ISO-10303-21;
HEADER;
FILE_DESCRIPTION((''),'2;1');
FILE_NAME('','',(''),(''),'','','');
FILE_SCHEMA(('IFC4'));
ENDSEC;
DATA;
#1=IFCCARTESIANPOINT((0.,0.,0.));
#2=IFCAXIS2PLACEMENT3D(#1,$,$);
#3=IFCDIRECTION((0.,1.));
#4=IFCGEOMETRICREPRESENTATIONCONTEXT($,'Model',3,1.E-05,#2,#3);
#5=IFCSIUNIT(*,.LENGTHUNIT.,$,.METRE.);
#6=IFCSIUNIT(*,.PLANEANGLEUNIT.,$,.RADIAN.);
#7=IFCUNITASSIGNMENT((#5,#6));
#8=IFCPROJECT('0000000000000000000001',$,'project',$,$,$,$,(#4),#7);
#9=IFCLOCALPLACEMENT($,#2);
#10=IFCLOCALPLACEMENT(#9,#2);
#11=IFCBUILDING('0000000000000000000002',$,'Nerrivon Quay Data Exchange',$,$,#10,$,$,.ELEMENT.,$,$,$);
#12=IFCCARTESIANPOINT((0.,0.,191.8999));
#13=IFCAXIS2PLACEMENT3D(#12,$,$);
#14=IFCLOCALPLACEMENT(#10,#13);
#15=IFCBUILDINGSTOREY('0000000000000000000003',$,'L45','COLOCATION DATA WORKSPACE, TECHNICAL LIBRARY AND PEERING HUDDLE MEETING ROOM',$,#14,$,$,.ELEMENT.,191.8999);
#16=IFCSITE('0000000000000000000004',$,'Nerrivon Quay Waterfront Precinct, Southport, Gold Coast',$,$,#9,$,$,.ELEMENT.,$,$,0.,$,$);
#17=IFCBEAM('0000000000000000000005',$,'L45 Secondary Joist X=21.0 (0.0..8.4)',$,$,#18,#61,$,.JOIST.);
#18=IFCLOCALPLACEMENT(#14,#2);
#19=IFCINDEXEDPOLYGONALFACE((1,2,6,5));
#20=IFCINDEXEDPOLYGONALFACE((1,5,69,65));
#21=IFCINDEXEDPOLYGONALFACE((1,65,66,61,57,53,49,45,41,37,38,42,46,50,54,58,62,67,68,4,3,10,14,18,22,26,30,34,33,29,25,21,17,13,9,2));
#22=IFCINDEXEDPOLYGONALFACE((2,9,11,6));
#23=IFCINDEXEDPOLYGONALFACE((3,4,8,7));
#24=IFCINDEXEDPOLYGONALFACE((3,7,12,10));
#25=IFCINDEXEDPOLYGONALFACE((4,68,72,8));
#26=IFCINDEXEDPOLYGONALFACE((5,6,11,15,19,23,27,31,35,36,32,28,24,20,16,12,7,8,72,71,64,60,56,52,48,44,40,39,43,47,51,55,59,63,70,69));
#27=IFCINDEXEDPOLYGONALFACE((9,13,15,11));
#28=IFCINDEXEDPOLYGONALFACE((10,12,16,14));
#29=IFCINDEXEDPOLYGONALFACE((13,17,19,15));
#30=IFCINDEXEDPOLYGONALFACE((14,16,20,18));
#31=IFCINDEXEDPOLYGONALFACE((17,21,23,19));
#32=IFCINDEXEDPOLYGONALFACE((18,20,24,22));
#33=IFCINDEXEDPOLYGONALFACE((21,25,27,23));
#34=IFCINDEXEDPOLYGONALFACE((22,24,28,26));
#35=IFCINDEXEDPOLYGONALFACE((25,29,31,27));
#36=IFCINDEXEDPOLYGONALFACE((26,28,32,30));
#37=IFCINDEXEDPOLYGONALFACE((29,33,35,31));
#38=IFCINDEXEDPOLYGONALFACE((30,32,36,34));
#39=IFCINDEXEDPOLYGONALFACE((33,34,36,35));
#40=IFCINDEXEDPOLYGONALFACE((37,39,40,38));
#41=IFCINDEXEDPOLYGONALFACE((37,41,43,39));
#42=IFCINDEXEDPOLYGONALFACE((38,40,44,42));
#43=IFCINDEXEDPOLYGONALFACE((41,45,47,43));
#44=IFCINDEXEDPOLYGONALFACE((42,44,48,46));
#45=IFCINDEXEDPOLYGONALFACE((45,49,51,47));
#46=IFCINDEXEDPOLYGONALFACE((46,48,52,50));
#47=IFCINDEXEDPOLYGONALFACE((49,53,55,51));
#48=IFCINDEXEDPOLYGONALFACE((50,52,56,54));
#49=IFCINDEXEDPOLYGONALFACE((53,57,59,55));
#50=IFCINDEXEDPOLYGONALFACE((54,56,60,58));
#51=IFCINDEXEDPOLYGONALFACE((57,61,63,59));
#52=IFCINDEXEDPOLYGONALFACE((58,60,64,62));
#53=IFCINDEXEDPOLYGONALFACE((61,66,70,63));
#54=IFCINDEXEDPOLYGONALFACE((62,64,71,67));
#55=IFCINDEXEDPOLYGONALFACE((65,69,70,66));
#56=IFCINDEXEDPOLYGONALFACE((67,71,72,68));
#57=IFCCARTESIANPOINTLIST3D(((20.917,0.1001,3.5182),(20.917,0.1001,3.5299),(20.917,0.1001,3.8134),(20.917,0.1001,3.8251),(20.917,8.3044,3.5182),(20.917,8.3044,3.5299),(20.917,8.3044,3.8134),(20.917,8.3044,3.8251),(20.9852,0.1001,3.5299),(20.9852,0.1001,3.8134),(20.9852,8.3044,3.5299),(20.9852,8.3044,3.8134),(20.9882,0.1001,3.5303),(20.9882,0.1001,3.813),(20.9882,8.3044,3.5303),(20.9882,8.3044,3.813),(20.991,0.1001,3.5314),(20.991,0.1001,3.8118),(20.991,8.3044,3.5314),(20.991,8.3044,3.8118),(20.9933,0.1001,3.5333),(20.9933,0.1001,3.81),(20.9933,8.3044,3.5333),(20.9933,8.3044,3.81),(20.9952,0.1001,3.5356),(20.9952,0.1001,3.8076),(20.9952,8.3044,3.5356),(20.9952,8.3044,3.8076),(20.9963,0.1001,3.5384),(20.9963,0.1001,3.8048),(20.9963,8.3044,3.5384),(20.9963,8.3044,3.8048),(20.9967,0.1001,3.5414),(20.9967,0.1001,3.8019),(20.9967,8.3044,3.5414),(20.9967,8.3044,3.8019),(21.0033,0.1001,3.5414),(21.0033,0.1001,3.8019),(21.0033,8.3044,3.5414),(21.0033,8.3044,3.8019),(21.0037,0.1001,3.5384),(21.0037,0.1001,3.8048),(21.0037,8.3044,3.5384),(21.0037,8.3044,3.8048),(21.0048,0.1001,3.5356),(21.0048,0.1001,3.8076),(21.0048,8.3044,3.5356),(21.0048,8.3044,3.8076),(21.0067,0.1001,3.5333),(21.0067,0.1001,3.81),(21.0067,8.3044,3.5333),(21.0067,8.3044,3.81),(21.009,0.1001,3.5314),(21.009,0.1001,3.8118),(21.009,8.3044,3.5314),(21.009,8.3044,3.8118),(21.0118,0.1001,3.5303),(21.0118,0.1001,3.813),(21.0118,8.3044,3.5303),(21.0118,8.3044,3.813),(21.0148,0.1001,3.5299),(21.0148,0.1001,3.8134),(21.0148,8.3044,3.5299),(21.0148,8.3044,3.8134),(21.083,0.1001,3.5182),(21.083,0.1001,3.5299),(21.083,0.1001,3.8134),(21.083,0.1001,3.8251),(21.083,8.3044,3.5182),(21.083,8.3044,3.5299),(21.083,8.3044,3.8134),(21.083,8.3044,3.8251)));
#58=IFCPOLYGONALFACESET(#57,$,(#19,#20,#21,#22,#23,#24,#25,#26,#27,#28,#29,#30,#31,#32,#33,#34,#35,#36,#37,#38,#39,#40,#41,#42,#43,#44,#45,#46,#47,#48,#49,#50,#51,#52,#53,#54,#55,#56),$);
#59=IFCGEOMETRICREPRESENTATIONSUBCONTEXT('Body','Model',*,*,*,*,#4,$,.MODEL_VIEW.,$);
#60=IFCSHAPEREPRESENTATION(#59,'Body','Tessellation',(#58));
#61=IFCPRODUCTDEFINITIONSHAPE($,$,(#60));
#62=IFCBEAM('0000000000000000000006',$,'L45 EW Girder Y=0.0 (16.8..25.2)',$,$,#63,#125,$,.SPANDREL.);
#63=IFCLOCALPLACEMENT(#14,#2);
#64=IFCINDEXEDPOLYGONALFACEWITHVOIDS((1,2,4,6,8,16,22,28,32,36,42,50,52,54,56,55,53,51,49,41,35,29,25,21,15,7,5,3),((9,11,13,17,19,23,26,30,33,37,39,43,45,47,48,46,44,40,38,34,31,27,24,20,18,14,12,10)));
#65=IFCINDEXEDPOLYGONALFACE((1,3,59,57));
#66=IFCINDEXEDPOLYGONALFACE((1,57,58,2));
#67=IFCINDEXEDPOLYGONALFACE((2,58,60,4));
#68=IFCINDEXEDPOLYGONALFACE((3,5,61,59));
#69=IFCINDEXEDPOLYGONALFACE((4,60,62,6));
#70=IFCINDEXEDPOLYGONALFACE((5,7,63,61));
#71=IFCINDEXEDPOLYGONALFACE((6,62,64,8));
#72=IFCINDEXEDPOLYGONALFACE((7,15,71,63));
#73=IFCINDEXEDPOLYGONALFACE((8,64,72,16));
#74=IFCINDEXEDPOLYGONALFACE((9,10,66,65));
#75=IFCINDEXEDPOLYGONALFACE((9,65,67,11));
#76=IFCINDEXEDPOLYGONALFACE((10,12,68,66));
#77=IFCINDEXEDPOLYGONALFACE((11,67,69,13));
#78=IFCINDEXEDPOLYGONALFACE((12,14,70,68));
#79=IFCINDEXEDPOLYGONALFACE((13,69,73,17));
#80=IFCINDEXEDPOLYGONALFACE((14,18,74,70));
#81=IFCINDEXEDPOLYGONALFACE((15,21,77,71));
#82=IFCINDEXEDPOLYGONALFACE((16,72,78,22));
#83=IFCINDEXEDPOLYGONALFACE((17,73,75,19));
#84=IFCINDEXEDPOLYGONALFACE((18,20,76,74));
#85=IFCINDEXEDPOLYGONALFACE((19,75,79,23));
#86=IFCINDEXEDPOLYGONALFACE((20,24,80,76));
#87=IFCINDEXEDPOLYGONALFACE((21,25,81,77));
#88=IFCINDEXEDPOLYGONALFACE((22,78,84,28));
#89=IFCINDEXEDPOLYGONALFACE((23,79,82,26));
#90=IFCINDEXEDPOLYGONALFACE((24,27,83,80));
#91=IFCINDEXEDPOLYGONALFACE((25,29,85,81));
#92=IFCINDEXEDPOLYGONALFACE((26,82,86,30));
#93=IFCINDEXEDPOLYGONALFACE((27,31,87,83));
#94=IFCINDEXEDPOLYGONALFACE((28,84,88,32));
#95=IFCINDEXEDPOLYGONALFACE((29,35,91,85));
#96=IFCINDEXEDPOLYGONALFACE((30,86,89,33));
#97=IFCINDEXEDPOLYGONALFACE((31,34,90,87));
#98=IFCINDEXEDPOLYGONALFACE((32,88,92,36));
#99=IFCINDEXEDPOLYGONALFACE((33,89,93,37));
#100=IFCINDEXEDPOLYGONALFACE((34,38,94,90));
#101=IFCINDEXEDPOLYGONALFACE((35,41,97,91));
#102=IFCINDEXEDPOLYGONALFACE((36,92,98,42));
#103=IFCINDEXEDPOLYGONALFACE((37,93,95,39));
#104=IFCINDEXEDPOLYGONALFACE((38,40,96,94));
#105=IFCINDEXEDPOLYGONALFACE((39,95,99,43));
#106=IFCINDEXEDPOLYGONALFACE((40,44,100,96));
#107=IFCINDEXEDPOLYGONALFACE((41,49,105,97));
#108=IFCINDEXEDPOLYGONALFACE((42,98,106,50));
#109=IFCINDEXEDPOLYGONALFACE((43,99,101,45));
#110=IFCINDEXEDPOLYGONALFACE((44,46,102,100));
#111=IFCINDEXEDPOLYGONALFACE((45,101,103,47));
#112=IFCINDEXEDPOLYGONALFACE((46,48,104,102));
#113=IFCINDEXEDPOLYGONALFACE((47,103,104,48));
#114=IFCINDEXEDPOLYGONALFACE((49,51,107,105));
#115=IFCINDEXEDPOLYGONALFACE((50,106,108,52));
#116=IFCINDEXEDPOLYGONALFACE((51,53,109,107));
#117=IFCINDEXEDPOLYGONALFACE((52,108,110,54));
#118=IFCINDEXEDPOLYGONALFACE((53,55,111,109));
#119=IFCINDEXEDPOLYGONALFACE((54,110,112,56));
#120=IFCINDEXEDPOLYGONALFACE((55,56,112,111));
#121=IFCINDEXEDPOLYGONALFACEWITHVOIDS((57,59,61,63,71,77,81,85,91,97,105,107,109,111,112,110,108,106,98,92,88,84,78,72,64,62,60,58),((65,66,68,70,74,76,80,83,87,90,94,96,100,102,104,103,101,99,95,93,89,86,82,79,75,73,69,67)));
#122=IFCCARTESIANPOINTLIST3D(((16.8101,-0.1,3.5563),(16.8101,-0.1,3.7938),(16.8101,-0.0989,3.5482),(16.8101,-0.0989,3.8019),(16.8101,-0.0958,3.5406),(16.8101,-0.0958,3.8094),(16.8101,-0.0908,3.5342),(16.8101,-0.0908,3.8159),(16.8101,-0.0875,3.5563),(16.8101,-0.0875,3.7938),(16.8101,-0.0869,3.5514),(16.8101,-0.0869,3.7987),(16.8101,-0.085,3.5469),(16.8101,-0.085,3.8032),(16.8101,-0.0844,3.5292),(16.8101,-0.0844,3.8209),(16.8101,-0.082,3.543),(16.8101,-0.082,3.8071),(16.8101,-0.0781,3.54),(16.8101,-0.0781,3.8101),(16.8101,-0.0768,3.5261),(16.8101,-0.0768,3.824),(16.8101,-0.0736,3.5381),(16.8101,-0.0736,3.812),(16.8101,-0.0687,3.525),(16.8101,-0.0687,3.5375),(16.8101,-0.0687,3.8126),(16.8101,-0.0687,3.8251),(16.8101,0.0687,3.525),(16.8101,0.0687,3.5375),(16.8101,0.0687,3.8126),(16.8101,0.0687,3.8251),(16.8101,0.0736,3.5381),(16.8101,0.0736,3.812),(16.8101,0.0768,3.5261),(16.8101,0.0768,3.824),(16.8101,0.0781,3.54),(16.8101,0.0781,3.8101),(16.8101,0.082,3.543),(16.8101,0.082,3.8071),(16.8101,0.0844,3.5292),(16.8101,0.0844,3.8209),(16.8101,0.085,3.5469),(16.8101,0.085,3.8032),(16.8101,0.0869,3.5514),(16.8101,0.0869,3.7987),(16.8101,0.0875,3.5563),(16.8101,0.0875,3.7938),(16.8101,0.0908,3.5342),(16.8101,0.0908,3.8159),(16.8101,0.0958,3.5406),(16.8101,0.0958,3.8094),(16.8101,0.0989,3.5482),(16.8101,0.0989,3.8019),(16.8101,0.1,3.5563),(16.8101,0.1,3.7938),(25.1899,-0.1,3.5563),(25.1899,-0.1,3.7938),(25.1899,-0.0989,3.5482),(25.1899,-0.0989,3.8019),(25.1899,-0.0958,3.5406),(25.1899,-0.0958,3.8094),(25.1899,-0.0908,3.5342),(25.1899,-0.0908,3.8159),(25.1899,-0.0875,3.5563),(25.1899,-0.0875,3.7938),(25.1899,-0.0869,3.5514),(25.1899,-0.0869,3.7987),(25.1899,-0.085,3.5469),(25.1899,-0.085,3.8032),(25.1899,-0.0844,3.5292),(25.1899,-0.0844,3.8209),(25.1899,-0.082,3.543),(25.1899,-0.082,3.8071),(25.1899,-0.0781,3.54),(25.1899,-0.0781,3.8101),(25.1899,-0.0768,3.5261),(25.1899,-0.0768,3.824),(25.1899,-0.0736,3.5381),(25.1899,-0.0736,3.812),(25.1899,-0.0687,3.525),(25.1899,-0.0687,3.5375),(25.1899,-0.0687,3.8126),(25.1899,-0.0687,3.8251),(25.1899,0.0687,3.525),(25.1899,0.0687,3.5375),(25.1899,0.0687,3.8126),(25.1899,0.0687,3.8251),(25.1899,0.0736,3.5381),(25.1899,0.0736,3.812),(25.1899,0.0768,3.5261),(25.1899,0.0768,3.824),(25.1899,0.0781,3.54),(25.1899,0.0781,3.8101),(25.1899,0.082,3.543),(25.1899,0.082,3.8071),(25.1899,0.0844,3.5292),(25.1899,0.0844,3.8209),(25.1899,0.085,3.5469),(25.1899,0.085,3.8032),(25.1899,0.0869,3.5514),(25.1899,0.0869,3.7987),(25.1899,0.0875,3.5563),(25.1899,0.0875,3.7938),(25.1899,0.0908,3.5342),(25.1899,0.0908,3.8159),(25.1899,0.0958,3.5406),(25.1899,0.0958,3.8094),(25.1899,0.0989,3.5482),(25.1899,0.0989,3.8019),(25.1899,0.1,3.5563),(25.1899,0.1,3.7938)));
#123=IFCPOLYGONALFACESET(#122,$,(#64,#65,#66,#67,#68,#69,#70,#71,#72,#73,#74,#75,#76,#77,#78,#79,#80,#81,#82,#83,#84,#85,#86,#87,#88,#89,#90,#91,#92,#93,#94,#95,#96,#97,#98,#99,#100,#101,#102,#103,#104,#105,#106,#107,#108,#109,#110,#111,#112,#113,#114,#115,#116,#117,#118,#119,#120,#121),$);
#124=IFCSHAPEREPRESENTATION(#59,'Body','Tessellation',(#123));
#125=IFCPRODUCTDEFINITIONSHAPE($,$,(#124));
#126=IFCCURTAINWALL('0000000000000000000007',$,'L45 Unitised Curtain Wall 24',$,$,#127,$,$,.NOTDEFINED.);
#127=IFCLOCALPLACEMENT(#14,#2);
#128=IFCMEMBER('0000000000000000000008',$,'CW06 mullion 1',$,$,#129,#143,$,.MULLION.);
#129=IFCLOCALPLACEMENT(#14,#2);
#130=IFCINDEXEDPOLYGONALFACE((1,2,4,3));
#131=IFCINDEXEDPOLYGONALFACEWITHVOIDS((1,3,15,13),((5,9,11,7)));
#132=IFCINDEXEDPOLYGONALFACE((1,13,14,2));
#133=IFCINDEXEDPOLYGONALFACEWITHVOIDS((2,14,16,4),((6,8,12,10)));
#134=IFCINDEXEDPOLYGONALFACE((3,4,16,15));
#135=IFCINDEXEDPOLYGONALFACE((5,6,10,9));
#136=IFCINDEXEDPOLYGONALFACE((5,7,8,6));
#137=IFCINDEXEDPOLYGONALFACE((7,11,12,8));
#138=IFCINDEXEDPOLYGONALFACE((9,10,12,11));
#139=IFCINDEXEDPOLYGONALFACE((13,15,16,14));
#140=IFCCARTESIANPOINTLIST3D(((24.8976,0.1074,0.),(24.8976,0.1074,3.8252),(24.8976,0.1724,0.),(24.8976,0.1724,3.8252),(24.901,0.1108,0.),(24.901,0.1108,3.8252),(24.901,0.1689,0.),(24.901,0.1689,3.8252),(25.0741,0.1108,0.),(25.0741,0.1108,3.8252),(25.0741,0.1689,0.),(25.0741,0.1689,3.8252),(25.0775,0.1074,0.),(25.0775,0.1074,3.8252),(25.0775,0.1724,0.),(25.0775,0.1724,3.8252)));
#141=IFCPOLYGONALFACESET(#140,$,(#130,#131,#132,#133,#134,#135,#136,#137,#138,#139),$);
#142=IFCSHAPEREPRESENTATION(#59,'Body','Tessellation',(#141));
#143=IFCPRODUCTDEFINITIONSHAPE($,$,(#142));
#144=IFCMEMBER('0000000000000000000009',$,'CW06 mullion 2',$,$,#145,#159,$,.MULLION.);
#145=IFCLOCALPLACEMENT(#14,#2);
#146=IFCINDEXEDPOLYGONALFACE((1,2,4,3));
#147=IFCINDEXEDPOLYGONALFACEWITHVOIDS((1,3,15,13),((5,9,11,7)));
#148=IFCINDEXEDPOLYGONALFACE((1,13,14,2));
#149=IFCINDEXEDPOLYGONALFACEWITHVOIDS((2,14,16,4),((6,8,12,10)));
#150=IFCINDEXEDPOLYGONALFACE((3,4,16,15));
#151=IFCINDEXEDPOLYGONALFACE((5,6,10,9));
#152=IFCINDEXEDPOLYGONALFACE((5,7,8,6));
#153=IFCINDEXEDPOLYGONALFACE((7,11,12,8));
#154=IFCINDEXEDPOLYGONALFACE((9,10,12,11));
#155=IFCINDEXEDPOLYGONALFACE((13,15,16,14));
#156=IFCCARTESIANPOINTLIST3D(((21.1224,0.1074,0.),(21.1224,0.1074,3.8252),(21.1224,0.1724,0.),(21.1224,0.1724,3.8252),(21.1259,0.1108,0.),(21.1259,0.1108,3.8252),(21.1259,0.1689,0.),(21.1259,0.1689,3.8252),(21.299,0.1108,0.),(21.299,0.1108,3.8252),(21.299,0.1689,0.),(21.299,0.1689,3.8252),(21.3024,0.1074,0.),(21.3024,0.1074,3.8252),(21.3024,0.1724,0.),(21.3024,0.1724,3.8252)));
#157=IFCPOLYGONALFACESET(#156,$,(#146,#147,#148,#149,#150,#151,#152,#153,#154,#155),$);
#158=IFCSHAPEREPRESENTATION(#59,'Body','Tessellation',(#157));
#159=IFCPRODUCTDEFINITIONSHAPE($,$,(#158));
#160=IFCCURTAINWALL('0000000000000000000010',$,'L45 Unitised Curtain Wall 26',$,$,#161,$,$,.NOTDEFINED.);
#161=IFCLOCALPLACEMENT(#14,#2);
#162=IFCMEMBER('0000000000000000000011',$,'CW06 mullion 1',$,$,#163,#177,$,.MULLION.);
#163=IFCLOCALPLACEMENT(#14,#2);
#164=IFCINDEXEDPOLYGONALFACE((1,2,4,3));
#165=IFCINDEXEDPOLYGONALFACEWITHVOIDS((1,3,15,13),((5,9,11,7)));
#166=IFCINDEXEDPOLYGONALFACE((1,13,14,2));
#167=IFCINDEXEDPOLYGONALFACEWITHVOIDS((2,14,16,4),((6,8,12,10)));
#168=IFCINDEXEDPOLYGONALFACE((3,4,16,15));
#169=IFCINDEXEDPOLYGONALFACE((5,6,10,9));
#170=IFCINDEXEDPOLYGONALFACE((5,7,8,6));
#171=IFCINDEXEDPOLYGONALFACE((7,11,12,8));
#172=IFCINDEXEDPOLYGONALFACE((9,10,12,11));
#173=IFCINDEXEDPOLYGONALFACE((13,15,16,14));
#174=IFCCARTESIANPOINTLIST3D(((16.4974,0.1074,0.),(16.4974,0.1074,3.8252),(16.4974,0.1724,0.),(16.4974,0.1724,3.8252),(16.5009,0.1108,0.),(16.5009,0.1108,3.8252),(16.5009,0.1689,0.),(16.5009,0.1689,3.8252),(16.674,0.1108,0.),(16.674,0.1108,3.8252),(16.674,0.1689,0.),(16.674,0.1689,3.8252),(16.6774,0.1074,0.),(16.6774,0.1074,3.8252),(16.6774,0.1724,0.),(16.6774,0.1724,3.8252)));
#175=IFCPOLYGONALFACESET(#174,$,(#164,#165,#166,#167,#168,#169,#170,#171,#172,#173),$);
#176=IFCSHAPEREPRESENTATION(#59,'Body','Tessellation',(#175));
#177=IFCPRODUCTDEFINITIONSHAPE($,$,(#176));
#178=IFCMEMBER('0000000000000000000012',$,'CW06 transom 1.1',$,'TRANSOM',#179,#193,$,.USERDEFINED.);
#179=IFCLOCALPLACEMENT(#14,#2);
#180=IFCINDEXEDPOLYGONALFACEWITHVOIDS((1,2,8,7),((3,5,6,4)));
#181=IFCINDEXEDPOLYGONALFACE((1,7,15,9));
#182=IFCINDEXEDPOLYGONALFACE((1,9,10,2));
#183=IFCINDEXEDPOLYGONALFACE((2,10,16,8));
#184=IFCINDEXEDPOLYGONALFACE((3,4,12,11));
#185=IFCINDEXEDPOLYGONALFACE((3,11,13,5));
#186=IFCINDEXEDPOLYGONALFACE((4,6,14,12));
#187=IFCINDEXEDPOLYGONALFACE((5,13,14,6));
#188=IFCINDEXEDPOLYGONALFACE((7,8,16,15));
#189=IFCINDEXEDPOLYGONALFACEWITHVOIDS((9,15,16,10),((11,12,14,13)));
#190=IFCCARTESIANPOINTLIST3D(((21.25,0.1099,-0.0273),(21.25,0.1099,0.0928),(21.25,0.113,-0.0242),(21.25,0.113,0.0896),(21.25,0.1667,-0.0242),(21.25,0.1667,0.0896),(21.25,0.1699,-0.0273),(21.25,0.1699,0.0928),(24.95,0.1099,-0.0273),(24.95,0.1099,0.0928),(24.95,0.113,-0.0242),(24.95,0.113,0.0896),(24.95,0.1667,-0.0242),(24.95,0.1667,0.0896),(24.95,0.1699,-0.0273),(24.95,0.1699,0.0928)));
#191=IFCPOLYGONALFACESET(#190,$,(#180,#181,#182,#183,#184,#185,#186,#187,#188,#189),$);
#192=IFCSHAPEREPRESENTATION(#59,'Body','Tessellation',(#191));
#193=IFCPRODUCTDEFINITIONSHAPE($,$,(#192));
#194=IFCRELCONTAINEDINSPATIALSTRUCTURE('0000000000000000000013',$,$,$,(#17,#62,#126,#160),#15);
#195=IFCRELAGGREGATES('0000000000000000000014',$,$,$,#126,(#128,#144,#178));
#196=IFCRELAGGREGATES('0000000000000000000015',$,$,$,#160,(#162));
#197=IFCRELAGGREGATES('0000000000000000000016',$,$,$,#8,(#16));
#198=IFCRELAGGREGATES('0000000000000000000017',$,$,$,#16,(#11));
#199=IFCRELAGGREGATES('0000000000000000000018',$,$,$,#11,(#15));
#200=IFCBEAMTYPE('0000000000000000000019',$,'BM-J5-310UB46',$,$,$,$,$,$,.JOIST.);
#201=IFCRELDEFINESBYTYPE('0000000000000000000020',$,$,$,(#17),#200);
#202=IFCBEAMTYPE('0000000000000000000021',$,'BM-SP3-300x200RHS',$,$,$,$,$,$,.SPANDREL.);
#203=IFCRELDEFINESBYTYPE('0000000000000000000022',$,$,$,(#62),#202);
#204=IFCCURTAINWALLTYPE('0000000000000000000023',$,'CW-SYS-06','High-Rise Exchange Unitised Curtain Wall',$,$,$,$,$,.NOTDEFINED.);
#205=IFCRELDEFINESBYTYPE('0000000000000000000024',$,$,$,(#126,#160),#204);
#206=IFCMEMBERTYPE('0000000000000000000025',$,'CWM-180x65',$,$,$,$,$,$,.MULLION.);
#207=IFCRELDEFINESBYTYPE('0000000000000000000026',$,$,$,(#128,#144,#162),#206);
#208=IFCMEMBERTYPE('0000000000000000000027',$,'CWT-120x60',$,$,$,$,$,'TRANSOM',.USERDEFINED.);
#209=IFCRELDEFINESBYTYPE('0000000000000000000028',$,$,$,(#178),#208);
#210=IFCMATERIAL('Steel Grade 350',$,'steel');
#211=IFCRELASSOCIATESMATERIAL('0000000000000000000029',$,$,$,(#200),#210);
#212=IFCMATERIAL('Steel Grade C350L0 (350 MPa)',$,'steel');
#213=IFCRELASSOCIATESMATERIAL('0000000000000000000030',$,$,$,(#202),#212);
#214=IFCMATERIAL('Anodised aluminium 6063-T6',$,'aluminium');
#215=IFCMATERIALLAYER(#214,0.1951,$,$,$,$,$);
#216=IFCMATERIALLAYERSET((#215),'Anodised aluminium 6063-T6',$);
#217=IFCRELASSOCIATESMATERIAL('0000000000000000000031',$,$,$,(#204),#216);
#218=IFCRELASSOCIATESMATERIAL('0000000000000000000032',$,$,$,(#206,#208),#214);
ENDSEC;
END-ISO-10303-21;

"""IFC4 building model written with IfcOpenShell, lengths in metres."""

from ifc_helpers import new_model, si_unit, direction, frame, origin, origin_2d, place, context, subcontext, project, spatial, hollow_rectangle, i_section, extrude, material, layer, layer_set, material_profile, profile_set, type_object, element, aggregate, save


model = new_model("IFC4")

# Units and contexts
model_context = context("Model", 3, precision=1e-05, world=origin(), true_north=direction((0.0, 1.0)))
body_context = subcontext(model_context, "Body", "Model", "MODEL_VIEW")
ifc_project = project(units=[si_unit("LENGTHUNIT", "METRE"), si_unit("PLANEANGLEUNIT", "RADIAN")], contexts=[model_context])

# Site, building, storey
site_placement = place(None, origin())
site = spatial("IfcSite", under=ifc_project, at=site_placement, Name="Nerrivon Quay Waterfront Precinct, Southport, Gold Coast", CompositionType="ELEMENT", RefElevation=0.0)
building_placement = place(site_placement, origin())
building = spatial("IfcBuilding", under=site, at=building_placement, Name="Nerrivon Quay Data Exchange", CompositionType="ELEMENT")
storey_placement = place(building_placement, frame((0.0, 0.0, 191.8999)))
storey = spatial("IfcBuildingStorey", under=building, at=storey_placement, Name="L45", Description="COLOCATION DATA WORKSPACE, TECHNICAL LIBRARY AND PEERING HUDDLE MEETING ROOM", CompositionType="ELEMENT", Elevation=191.8999)

# Shared definitions
ifc_material_1 = material(Name="Steel Grade 350", Category="steel")

# Beams
ifc_material_profile_1 = material_profile(ifc_material_1, i_section(OverallWidth=0.166, OverallDepth=0.3069, WebThickness=0.0066, FlangeThickness=0.0117, FilletRadius=0.0115, at=origin_2d()), Name="310UB46.2")
ifc_profile_set_1 = profile_set([ifc_material_profile_1], Name="Steel Grade 350")
beam_type_1 = type_object("IfcBeamType", Name="BM-J5-310UB46", PredefinedType="JOIST", material=ifc_profile_set_1)
beam_1_placement = place(storey_placement, frame((21.0, 0.1001, 3.6716), z_axis=(0.0, 1.0, 0.0), x_axis=(-1.0, 0.0, 0.0)))
element("IfcBeam", 1, at=beam_1_placement, inside=storey, type_object=beam_type_1, Name="L45 Secondary Joist X=21.0 (0.0..8.4)", PredefinedType="JOIST", context=body_context, shape_type="SweptSolid", body=[
    extrude(i_section(OverallWidth=0.166, OverallDepth=0.3069, WebThickness=0.0066, FlangeThickness=0.0117, FilletRadius=0.0115, at=origin_2d()), origin(), (0.0, 0.0, 1.0), 8.2043),
])
ifc_material_2 = material(Name="Steel Grade C350L0 (350 MPa)", Category="steel")
ifc_material_profile_2 = material_profile(ifc_material_2, hollow_rectangle(XDim=0.2, YDim=0.3, WallThickness=0.0125, InnerFilletRadius=0.0188, OuterFilletRadius=0.0312, at=origin_2d()), Name="300x200x12.5RHS")
ifc_profile_set_2 = profile_set([ifc_material_profile_2], Name="Steel Grade C350L0 (350 MPa)")
beam_type_2 = type_object("IfcBeamType", Name="BM-SP3-300x200RHS", PredefinedType="SPANDREL", material=ifc_profile_set_2)
beam_2_placement = place(storey_placement, frame((16.8101, 0.0, 3.675), z_axis=(1.0, 0.0, 0.0), x_axis=(0.0, 1.0, 0.0)))
element("IfcBeam", 2, at=beam_2_placement, inside=storey, type_object=beam_type_2, Name="L45 EW Girder Y=0.0 (16.8..25.2)", PredefinedType="SPANDREL", context=body_context, shape_type="SweptSolid", body=[
    extrude(hollow_rectangle(XDim=0.2, YDim=0.3, WallThickness=0.0125, InnerFilletRadius=0.0188, OuterFilletRadius=0.0312, at=origin_2d()), origin(), (0.0, 0.0, 1.0), 8.3799),
])

# Curtain wall, members
ifc_material_3 = material(Name="Anodised aluminium 6063-T6", Category="aluminium")
ifc_layer_1 = layer(ifc_material_3, 0.1951)
ifc_layer_set_1 = layer_set([ifc_layer_1], Name="Anodised aluminium 6063-T6")
curtain_wall_type = type_object("IfcCurtainWallType", Name="CW-SYS-06", Description="High-Rise Exchange Unitised Curtain Wall", PredefinedType="NOTDEFINED", material=ifc_layer_set_1)
curtain_wall_1_placement = place(storey_placement, origin())
curtain_wall_1 = element("IfcCurtainWall", 3, at=curtain_wall_1_placement, inside=storey, type_object=curtain_wall_type, Name="L45 Unitised Curtain Wall 24", PredefinedType="NOTDEFINED")
ifc_material_profile_3 = material_profile(ifc_material_3, hollow_rectangle(XDim=0.0649, YDim=0.1799, WallThickness=0.0034, at=origin_2d()), Name="ALU-MULL-180x65")
ifc_profile_set_3 = profile_set([ifc_material_profile_3], Name="Anodised aluminium 6063-T6")
member_type_1 = type_object("IfcMemberType", Name="CWM-180x65", PredefinedType="MULLION", material=ifc_profile_set_3)
member_1_placement = place(storey_placement, frame((24.9875, 0.1399, 0.0), z_axis=(0.0, 0.0, 1.0), x_axis=(0.0, -1.0, 0.0)))
member_1 = element("IfcMember", 4, at=member_1_placement, type_object=member_type_1, Name="CW06 mullion 1", PredefinedType="MULLION", context=body_context, shape_type="SweptSolid", body=[
    extrude(hollow_rectangle(XDim=0.0649, YDim=0.1799, WallThickness=0.0034, at=origin_2d()), origin(), (0.0, 0.0, 1.0), 3.8252),
])
member_2_placement = place(storey_placement, frame((21.2124, 0.1399, 0.0), z_axis=(0.0, 0.0, 1.0), x_axis=(0.0, -1.0, 0.0)))
member_2 = element("IfcMember", 5, at=member_2_placement, type_object=member_type_1, Name="CW06 mullion 2", PredefinedType="MULLION", context=body_context, shape_type="SweptSolid", body=[
    extrude(hollow_rectangle(XDim=0.0649, YDim=0.1799, WallThickness=0.0034, at=origin_2d()), origin(), (0.0, 0.0, 1.0), 3.8252),
])

# Curtain wall, member
curtain_wall_2_placement = place(storey_placement, origin())
curtain_wall_2 = element("IfcCurtainWall", 6, at=curtain_wall_2_placement, inside=storey, type_object=curtain_wall_type, Name="L45 Unitised Curtain Wall 26", PredefinedType="NOTDEFINED")
member_3_placement = place(storey_placement, frame((16.5874, 0.1399, 0.0), z_axis=(0.0, 0.0, 1.0), x_axis=(0.0, -1.0, 0.0)))
member_3 = element("IfcMember", 7, at=member_3_placement, type_object=member_type_1, Name="CW06 mullion 1", PredefinedType="MULLION", context=body_context, shape_type="SweptSolid", body=[
    extrude(hollow_rectangle(XDim=0.0649, YDim=0.1799, WallThickness=0.0034, at=origin_2d()), origin(), (0.0, 0.0, 1.0), 3.8252),
])

# Member
ifc_material_profile_4 = material_profile(ifc_material_3, hollow_rectangle(XDim=0.0601, YDim=0.1201, WallThickness=0.0032, at=origin_2d()), Name="ALU-TRAN-120x60")
ifc_profile_set_4 = profile_set([ifc_material_profile_4], Name="Anodised aluminium 6063-T6")
member_type_2 = type_object("IfcMemberType", Name="CWT-120x60", ElementType="TRANSOM", PredefinedType="USERDEFINED", material=ifc_profile_set_4)
member_4_placement = place(storey_placement, frame((24.95, 0.1399, 0.0327), z_axis=(-1.0, 0.0, 0.0), x_axis=(0.0, -1.0, 0.0)))
member_4 = element("IfcMember", 8, at=member_4_placement, type_object=member_type_2, Name="CW06 transom 1.1", ObjectType="TRANSOM", PredefinedType="USERDEFINED", context=body_context, shape_type="SweptSolid", body=[
    extrude(hollow_rectangle(XDim=0.0601, YDim=0.1201, WallThickness=0.0032, at=origin_2d()), origin(), (0.0, 0.0, 1.0), 3.7),
])

aggregate(curtain_wall_1, [member_1, member_2, member_4])
aggregate(curtain_wall_2, [member_3])

save(model, "model.ifc")
